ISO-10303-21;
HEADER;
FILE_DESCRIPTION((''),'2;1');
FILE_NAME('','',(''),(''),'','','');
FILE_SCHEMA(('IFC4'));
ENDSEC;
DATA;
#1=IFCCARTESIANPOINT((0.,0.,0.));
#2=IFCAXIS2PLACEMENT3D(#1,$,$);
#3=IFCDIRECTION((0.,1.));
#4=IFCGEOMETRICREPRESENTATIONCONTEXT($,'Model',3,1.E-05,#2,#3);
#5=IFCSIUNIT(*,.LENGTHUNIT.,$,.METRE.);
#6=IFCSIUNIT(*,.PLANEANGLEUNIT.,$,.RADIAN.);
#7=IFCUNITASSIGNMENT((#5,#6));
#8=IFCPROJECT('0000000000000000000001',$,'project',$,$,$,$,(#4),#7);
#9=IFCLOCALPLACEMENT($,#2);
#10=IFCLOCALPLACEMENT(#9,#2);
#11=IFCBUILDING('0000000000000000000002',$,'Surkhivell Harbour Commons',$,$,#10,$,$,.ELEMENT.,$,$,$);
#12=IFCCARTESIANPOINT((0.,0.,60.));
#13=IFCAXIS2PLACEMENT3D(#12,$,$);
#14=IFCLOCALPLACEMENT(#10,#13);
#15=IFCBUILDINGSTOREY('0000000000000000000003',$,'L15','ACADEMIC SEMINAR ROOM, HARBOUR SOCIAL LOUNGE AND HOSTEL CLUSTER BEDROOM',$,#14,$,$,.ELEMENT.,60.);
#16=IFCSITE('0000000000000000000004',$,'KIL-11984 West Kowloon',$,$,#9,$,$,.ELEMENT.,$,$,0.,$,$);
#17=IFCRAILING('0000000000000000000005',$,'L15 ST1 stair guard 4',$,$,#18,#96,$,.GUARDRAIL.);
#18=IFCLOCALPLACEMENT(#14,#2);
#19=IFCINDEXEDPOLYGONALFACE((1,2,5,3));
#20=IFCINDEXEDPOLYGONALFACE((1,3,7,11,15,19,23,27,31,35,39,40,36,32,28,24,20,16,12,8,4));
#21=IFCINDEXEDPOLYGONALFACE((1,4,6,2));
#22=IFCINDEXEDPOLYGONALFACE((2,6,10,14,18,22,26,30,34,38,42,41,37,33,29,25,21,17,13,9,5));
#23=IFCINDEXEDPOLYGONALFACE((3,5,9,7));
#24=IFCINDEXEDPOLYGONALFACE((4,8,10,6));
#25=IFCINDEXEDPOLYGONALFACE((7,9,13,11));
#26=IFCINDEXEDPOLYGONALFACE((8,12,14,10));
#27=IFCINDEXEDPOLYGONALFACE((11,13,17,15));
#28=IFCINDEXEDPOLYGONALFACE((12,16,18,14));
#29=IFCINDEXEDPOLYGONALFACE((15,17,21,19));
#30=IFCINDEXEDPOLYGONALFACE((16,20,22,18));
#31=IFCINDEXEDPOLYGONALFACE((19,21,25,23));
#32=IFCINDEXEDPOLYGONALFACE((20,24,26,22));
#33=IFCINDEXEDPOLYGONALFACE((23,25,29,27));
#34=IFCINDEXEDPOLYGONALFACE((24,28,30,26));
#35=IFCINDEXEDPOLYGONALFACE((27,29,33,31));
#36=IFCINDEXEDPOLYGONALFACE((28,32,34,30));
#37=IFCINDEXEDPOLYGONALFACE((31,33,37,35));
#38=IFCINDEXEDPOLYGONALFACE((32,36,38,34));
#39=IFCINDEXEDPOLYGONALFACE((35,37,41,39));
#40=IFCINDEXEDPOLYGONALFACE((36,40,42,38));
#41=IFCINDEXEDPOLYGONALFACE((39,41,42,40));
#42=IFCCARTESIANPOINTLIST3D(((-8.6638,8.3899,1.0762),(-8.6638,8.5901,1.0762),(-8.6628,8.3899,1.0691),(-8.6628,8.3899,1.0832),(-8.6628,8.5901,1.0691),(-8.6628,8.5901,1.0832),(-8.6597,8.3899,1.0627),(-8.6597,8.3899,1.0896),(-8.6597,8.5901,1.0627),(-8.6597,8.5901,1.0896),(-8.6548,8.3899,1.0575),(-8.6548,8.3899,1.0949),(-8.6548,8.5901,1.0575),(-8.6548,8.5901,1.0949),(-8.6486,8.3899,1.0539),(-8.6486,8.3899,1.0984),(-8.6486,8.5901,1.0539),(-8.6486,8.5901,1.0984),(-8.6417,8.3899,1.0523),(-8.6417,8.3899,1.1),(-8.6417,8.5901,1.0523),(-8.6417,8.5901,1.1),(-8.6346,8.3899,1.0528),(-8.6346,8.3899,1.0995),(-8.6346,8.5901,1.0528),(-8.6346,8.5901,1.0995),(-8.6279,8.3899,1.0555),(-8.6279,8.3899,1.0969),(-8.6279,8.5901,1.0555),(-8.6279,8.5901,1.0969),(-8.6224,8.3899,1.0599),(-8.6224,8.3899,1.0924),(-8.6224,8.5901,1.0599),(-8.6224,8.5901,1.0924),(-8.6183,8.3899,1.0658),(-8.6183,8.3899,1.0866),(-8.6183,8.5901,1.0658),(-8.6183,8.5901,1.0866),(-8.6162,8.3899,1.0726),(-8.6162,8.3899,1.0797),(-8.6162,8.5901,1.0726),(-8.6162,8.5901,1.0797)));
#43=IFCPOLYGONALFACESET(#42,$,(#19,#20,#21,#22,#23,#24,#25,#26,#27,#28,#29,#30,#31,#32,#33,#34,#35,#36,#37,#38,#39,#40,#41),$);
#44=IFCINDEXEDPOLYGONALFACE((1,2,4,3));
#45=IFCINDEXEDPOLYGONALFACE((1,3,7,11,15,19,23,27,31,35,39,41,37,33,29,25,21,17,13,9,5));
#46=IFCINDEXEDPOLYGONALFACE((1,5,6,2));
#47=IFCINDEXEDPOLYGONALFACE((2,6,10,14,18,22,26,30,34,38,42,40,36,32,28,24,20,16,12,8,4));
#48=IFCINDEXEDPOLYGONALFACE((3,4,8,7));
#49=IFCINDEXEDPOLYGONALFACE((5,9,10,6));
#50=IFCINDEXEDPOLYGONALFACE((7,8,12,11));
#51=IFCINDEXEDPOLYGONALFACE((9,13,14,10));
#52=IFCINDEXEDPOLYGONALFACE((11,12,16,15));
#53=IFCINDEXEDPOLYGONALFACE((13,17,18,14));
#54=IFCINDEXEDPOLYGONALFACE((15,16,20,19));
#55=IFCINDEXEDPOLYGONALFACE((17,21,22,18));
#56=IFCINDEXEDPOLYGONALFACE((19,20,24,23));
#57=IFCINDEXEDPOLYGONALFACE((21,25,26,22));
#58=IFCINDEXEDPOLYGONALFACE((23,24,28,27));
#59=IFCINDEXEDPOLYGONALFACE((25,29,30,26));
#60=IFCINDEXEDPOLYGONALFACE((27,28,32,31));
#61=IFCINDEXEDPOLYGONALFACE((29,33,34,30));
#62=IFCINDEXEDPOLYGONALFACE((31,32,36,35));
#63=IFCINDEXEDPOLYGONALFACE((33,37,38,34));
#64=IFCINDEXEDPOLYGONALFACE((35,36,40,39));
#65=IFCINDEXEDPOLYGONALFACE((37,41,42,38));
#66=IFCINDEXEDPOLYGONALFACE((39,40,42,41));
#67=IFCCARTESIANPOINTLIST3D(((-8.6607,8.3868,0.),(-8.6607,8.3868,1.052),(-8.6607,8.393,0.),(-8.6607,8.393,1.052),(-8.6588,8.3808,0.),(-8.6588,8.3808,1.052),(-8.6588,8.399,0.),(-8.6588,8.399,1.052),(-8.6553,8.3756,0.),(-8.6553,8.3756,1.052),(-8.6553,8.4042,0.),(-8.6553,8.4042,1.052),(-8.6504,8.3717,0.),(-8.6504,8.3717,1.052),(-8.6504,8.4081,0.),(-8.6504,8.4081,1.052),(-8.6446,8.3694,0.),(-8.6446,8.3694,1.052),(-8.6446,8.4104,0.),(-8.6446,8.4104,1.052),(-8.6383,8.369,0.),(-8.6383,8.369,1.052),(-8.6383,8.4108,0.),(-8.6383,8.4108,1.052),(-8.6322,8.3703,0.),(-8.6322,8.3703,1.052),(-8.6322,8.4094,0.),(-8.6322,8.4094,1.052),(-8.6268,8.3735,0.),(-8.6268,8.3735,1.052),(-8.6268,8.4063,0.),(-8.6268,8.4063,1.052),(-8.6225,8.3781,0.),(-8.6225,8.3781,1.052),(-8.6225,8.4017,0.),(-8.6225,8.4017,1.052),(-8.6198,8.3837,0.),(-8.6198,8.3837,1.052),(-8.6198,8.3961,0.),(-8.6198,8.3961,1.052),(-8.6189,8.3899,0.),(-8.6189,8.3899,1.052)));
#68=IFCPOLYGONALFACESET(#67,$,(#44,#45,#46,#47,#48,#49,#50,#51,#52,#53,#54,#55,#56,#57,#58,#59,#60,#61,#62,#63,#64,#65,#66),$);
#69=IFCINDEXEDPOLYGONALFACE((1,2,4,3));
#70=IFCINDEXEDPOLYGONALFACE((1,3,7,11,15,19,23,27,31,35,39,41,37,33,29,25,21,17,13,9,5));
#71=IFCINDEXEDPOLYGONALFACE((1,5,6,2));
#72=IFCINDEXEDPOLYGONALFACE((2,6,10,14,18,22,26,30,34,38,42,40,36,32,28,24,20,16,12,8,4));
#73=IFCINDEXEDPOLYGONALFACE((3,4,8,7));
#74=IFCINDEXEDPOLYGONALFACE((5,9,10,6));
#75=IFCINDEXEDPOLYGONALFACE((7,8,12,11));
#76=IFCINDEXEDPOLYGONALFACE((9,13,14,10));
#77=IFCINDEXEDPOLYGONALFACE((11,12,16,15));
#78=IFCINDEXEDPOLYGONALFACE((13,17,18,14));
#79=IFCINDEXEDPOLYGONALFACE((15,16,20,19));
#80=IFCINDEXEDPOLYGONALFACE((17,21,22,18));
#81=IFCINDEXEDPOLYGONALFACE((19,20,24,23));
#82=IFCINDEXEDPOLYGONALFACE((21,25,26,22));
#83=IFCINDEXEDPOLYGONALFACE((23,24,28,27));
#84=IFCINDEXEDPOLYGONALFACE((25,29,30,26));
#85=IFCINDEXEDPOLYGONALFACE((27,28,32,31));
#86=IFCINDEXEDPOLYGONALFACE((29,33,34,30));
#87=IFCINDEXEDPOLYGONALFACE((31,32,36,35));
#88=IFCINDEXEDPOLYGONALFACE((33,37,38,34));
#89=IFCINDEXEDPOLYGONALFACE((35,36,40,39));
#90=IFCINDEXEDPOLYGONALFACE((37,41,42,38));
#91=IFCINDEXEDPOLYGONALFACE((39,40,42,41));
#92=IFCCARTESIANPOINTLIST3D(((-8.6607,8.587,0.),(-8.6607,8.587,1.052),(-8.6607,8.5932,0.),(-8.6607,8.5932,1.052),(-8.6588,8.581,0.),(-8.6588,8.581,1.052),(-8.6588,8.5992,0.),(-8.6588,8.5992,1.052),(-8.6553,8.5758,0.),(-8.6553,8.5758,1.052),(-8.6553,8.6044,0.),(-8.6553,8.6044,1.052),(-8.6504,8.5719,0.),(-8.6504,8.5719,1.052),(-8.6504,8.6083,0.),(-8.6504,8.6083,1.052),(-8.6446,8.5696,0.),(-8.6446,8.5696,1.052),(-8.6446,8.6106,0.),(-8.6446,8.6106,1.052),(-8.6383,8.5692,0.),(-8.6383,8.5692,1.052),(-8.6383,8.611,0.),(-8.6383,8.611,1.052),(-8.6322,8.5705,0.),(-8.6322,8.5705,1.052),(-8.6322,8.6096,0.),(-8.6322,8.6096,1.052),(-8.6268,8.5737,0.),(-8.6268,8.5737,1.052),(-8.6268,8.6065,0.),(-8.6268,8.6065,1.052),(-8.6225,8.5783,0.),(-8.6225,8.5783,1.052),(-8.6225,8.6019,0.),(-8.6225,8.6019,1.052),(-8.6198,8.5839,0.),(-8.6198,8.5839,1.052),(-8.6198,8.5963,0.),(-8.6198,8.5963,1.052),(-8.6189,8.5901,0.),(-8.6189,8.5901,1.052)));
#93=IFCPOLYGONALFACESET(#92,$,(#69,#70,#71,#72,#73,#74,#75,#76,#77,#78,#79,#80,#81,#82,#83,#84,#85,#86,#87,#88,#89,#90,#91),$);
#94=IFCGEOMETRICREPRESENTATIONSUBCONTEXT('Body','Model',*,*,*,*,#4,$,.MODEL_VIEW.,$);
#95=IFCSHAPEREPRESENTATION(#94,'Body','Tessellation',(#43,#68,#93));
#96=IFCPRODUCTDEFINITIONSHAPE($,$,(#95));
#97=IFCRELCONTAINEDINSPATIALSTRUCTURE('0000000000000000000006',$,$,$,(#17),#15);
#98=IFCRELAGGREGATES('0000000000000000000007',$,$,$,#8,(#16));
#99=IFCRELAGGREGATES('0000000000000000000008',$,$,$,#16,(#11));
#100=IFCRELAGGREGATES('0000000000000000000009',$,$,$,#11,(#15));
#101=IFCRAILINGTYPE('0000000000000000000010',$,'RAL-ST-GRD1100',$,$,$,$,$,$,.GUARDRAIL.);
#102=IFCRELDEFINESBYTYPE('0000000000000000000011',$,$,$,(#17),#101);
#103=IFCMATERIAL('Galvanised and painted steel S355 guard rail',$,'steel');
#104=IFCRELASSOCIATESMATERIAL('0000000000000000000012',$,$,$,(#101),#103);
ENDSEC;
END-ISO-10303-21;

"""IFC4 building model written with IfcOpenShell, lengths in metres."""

from ifc_helpers import new_model, si_unit, direction, frame, origin, origin_2d, place, context, subcontext, project, spatial, circle, extrude, material, type_object, element, save


model = new_model("IFC4")

# Units and contexts
model_context = context("Model", 3, precision=1e-05, world=origin(), true_north=direction((0.0, 1.0)))
body_context = subcontext(model_context, "Body", "Model", "MODEL_VIEW")
ifc_project = project(units=[si_unit("LENGTHUNIT", "METRE"), si_unit("PLANEANGLEUNIT", "RADIAN")], contexts=[model_context])

# Site, building, storey
site_placement = place(None, origin())
site = spatial("IfcSite", under=ifc_project, at=site_placement, Name="KIL-11984 West Kowloon", CompositionType="ELEMENT", RefElevation=0.0)
building_placement = place(site_placement, origin())
building = spatial("IfcBuilding", under=site, at=building_placement, Name="Surkhivell Harbour Commons", CompositionType="ELEMENT")
storey_placement = place(building_placement, frame((0.0, 0.0, 60.0)))
storey = spatial("IfcBuildingStorey", under=building, at=storey_placement, Name="L15", Description="ACADEMIC SEMINAR ROOM, HARBOUR SOCIAL LOUNGE AND HOSTEL CLUSTER BEDROOM", CompositionType="ELEMENT", Elevation=60.0)

# Railing
ifc_material_1 = material(Name="Galvanised and painted steel S355 guard rail", Category="steel")
railing_type_1 = type_object("IfcRailingType", Name="RAL-ST-GRD1100", PredefinedType="GUARDRAIL", material=ifc_material_1)
railing_1_placement = place(storey_placement, frame((-8.6399, 8.3899, 0.0)))
element("IfcRailing", 1, at=railing_1_placement, inside=storey, type_object=railing_type_1, Name="L15 ST1 stair guard 4", PredefinedType="GUARDRAIL", context=body_context, shape_type="SweptSolid", body=[
    extrude(circle(Radius=0.0239, at=origin_2d()), frame((0.0, 0.0, 1.0762), z_axis=(0.0, 1.0, 0.0), x_axis=(-1.0, 0.0, 0.0)), (0.0, 0.0, 1.0), 0.2002),
    extrude(circle(Radius=0.021, at=origin_2d()), origin(), (0.0, 0.0, 1.0), 1.052),
    extrude(circle(Radius=0.021, at=origin_2d()), frame((0.0, 0.2002, 0.0)), (0.0, 0.0, 1.0), 1.052),
])

save(model, "model.ifc")
